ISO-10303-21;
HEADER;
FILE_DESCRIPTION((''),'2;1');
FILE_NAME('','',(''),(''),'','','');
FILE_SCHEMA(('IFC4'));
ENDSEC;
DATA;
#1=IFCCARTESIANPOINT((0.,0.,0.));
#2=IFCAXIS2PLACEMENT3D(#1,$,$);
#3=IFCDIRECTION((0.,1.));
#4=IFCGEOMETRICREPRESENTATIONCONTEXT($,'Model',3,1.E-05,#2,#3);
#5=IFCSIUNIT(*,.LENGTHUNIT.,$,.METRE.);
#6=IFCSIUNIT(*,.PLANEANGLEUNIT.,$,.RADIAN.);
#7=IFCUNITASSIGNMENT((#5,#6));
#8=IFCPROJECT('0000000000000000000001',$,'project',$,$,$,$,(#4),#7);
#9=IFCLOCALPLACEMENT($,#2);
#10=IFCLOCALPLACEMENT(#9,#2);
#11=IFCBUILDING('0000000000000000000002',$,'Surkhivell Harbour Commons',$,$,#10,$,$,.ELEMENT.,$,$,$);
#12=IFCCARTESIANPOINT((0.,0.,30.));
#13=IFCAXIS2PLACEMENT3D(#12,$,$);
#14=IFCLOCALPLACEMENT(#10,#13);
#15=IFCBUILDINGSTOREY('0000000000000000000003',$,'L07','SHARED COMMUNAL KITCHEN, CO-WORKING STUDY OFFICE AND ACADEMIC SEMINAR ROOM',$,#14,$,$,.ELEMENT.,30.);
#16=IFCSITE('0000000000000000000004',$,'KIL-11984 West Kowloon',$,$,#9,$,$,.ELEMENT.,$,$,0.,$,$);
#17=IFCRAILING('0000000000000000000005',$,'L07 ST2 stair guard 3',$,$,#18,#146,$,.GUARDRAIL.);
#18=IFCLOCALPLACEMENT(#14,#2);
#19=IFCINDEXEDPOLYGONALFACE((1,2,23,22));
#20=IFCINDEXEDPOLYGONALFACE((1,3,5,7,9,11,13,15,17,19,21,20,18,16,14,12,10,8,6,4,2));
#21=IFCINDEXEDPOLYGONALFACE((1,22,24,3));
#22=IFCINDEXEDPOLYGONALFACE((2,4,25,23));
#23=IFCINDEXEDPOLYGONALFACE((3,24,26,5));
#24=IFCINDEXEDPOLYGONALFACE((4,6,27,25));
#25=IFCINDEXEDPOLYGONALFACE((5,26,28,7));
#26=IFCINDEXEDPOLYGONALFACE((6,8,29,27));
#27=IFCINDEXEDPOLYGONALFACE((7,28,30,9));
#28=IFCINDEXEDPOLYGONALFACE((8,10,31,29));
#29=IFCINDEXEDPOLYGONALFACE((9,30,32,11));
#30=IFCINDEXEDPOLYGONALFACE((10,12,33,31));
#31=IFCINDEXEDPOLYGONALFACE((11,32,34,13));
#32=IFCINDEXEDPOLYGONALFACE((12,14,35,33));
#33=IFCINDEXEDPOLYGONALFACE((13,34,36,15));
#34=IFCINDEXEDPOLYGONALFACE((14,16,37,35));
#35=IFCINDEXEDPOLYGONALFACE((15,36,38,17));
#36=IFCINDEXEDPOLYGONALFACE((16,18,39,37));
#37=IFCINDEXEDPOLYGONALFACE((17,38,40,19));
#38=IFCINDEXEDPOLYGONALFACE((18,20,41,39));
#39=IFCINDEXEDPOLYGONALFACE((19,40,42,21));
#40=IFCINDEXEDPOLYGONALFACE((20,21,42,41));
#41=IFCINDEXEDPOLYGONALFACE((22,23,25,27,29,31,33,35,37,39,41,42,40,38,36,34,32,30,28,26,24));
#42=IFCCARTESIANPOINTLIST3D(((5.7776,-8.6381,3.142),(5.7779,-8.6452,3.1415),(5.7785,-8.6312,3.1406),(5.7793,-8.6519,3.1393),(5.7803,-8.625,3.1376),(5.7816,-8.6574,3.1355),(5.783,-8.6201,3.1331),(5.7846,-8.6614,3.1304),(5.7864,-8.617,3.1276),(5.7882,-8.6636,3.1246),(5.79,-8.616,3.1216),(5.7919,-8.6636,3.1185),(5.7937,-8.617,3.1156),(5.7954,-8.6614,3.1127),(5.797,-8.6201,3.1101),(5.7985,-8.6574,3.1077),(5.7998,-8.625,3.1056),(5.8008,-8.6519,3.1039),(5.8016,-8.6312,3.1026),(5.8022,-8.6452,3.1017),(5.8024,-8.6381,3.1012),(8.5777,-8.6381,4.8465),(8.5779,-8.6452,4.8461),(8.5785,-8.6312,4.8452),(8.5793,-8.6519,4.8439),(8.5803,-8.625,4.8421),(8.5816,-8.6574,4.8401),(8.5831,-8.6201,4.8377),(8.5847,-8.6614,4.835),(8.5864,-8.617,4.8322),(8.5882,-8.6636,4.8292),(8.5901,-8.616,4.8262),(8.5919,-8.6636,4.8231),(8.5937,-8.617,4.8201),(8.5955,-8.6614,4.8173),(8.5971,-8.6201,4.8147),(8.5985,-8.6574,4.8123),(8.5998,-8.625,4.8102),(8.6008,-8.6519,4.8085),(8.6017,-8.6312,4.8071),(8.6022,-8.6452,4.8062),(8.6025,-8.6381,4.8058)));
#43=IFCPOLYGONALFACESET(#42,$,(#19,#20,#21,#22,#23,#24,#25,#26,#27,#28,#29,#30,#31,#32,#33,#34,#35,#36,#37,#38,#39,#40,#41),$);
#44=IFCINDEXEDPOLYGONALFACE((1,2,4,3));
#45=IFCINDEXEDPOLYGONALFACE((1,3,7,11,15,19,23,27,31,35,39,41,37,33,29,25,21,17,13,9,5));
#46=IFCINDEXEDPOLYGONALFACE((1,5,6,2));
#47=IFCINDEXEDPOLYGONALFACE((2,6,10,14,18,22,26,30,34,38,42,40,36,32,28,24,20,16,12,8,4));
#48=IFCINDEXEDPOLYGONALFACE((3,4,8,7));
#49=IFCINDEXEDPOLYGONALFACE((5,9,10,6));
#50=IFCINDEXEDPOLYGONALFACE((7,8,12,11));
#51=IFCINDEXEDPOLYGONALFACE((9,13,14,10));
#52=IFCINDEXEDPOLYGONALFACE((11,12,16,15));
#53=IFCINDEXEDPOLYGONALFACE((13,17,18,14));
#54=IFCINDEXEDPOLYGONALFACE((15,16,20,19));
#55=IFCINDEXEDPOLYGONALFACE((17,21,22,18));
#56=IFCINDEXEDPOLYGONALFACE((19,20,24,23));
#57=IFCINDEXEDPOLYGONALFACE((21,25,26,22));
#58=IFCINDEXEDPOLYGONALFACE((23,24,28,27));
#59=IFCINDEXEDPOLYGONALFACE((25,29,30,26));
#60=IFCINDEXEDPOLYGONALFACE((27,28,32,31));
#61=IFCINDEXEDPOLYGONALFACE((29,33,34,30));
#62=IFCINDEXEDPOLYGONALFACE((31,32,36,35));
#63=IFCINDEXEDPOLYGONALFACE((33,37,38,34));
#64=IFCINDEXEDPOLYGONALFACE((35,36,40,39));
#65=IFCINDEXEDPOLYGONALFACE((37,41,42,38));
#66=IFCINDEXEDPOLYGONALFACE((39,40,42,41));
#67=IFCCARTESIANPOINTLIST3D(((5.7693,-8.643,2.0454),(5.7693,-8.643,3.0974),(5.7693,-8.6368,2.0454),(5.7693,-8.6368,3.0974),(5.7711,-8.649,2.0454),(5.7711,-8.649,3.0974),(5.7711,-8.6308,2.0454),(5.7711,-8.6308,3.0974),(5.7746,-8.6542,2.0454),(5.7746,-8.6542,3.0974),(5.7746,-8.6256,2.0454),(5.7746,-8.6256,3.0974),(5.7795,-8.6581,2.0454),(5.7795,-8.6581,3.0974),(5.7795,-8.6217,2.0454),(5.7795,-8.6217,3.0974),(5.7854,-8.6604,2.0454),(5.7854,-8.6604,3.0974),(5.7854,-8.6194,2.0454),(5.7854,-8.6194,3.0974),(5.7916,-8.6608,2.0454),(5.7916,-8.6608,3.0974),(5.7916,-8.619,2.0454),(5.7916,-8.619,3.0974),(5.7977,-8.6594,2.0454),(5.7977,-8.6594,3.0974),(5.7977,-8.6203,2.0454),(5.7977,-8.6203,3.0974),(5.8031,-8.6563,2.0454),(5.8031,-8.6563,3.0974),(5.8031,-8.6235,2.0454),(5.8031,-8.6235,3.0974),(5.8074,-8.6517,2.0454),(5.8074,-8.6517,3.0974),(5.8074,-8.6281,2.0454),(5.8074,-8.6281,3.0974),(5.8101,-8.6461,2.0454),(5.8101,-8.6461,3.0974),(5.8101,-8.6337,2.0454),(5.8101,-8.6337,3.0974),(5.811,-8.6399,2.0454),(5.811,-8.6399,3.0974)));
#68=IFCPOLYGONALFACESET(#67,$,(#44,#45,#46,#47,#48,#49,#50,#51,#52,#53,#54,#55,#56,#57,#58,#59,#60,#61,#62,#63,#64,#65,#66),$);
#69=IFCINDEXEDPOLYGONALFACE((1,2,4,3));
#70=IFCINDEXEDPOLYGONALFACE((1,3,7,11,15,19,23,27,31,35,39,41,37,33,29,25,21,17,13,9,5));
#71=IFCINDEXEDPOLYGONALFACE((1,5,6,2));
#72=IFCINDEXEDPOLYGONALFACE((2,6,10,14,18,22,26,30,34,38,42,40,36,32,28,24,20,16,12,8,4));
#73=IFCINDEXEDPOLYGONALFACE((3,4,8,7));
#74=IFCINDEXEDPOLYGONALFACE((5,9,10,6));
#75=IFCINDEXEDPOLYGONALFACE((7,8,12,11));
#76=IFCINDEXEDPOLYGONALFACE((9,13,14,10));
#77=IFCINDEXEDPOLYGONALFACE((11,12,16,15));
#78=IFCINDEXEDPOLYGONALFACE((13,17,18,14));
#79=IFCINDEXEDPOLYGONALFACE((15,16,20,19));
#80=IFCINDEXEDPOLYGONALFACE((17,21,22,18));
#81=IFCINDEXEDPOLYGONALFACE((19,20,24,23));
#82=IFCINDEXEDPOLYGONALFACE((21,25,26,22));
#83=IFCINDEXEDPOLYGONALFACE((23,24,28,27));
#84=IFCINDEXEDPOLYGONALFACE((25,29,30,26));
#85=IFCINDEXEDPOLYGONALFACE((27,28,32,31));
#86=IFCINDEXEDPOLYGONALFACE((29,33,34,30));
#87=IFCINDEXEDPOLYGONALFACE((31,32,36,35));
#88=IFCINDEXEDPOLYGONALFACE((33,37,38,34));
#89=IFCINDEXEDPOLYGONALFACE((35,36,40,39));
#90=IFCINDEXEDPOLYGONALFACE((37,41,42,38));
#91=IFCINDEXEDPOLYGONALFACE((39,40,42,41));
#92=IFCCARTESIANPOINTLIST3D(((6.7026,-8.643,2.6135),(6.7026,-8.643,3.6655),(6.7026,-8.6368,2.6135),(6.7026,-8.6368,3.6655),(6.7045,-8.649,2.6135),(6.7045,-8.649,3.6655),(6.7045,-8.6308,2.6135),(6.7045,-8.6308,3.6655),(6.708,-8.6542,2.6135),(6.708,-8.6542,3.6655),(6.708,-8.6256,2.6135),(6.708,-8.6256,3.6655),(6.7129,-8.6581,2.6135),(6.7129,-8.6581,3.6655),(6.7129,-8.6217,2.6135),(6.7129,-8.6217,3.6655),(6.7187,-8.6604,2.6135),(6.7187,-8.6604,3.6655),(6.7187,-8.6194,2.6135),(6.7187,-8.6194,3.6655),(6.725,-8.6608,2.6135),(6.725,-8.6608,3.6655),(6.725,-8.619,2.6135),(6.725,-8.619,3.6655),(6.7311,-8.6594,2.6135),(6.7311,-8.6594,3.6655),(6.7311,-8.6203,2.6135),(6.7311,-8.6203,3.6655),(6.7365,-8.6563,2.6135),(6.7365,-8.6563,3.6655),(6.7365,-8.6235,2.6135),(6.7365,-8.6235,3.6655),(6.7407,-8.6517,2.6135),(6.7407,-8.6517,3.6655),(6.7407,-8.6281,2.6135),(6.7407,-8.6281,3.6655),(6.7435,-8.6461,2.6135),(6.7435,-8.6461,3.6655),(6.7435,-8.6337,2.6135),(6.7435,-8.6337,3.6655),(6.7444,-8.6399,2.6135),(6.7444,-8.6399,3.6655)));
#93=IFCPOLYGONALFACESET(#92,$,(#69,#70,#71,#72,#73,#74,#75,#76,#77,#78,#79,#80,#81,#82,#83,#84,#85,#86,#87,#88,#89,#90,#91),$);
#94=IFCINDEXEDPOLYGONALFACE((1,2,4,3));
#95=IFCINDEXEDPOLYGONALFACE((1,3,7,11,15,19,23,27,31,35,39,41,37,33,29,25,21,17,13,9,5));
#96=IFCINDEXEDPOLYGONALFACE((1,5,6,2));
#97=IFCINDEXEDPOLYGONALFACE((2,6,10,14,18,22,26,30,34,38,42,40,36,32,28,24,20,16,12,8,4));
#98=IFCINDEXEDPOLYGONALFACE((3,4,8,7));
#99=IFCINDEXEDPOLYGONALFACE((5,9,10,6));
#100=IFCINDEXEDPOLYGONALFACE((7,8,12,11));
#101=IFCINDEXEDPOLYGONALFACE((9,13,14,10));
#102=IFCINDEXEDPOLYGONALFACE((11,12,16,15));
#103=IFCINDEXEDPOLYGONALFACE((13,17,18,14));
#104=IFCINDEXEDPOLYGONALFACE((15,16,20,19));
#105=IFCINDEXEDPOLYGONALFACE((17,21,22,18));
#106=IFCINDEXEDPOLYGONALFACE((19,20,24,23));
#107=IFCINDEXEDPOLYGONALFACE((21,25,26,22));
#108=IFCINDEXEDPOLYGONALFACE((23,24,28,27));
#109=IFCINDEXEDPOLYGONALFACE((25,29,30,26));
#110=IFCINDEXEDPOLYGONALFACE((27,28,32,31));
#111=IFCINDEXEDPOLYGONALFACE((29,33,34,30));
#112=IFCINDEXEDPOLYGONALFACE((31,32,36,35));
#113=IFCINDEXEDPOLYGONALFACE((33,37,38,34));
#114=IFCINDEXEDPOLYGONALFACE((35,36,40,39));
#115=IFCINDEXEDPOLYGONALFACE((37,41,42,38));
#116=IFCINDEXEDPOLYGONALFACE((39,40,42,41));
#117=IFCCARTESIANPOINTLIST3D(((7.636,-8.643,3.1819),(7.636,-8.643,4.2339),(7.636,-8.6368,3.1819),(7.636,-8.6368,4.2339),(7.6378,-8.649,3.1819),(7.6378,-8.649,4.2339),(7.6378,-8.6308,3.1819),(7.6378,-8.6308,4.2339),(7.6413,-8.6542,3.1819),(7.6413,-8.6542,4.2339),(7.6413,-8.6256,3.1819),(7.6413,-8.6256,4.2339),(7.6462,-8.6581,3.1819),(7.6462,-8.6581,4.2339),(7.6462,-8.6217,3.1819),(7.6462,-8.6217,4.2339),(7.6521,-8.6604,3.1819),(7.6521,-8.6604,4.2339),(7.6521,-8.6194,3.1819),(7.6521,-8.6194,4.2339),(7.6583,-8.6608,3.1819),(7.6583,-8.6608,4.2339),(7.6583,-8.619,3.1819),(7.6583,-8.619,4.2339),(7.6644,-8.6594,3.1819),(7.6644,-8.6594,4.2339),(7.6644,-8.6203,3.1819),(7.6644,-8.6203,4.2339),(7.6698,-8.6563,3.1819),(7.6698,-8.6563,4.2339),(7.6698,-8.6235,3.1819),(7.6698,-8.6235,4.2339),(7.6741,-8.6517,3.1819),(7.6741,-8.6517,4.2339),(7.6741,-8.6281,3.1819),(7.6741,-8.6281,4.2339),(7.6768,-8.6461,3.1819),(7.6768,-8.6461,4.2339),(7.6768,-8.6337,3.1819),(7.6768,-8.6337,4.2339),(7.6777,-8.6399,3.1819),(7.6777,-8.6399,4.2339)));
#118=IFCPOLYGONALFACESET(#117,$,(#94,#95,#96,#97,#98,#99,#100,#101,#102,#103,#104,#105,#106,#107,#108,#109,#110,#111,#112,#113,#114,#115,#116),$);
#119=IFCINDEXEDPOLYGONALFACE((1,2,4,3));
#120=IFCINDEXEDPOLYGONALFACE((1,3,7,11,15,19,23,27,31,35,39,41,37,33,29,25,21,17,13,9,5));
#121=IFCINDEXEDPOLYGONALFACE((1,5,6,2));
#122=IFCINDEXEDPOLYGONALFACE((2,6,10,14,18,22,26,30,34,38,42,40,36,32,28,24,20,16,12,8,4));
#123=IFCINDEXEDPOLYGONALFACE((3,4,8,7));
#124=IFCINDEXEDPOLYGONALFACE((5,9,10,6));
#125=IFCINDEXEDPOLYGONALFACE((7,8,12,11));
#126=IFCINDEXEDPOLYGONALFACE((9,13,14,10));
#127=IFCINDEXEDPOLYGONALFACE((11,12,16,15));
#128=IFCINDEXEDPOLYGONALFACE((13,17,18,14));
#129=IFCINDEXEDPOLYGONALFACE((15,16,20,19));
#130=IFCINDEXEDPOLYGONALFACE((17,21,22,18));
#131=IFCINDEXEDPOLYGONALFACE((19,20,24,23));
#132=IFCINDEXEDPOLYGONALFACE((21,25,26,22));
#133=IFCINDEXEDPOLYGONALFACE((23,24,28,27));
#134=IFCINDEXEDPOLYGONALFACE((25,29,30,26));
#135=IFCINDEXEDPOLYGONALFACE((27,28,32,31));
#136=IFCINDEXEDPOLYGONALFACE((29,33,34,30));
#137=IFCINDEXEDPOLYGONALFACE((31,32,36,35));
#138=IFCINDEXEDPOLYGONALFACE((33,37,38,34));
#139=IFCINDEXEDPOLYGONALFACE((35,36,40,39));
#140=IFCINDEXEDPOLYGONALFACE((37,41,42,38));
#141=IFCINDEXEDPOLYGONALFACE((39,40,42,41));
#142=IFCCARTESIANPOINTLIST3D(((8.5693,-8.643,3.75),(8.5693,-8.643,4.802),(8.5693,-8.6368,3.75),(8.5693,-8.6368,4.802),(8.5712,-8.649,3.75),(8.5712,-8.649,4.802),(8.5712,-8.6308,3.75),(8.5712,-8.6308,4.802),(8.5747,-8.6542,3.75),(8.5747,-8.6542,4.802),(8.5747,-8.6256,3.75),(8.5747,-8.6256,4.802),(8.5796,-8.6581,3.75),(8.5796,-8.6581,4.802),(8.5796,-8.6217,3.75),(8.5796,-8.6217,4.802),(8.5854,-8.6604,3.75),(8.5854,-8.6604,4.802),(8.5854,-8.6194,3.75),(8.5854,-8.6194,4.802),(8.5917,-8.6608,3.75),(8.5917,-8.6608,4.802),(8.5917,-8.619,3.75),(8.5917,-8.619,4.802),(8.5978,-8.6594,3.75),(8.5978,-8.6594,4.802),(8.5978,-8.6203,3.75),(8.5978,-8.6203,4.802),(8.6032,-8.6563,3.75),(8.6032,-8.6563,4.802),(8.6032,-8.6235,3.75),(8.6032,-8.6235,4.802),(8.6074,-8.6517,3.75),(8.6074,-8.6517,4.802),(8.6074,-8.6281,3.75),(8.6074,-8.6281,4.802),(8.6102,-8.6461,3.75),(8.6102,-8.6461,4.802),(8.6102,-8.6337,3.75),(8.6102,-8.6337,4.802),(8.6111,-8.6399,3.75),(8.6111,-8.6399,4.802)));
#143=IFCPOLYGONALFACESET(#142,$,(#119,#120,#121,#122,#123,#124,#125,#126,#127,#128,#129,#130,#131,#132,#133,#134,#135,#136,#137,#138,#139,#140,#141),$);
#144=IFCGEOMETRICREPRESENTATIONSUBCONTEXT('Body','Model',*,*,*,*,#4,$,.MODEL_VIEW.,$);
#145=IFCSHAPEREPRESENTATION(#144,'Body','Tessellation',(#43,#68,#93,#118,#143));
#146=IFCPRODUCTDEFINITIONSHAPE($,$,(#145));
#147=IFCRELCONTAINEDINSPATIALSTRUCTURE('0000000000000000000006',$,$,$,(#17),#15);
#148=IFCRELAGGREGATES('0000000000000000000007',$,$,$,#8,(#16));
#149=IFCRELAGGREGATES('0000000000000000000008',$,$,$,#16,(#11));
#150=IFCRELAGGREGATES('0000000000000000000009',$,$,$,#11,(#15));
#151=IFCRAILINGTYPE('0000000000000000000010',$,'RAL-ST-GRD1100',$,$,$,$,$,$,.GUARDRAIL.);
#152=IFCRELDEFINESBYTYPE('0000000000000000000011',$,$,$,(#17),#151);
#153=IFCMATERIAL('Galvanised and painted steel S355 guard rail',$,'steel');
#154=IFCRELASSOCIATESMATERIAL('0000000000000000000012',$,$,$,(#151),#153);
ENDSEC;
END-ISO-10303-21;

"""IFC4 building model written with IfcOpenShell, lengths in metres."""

from ifc_helpers import new_model, si_unit, direction, frame, origin, origin_2d, place, context, subcontext, project, spatial, circle, extrude, material, type_object, element, save


model = new_model("IFC4")

# Units and contexts
model_context = context("Model", 3, precision=1e-05, world=origin(), true_north=direction((0.0, 1.0)))
body_context = subcontext(model_context, "Body", "Model", "MODEL_VIEW")
ifc_project = project(units=[si_unit("LENGTHUNIT", "METRE"), si_unit("PLANEANGLEUNIT", "RADIAN")], contexts=[model_context])

# Site, building, storey
site_placement = place(None, origin())
site = spatial("IfcSite", under=ifc_project, at=site_placement, Name="KIL-11984 West Kowloon", CompositionType="ELEMENT", RefElevation=0.0)
building_placement = place(site_placement, origin())
building = spatial("IfcBuilding", under=site, at=building_placement, Name="Surkhivell Harbour Commons", CompositionType="ELEMENT")
storey_placement = place(building_placement, frame((0.0, 0.0, 30.0)))
storey = spatial("IfcBuildingStorey", under=building, at=storey_placement, Name="L07", Description="SHARED COMMUNAL KITCHEN, CO-WORKING STUDY OFFICE AND ACADEMIC SEMINAR ROOM", CompositionType="ELEMENT", Elevation=30.0)

# Railing
ifc_material_1 = material(Name="Galvanised and painted steel S355 guard rail", Category="steel")
railing_type_1 = type_object("IfcRailingType", Name="RAL-ST-GRD1100", PredefinedType="GUARDRAIL", material=ifc_material_1)
railing_1_placement = place(storey_placement, frame((5.79, -8.6399, 2.0454)))
element("IfcRailing", 1, at=railing_1_placement, inside=storey, type_object=railing_type_1, Name="L07 ST2 stair guard 3", PredefinedType="GUARDRAIL", context=body_context, shape_type="SweptSolid", body=[
    extrude(circle(Radius=0.0239, at=origin_2d()), frame((0.0, 0.0, 1.0762), z_axis=(0.85417, 0.0, 0.519994), x_axis=(0.0, 1.0, 0.0)), (0.0, 0.0, 1.0), 3.2781),
    extrude(circle(Radius=0.021, at=origin_2d()), origin(), (0.0, 0.0, 1.0), 1.052),
    extrude(circle(Radius=0.021, at=origin_2d()), frame((0.9333, 0.0, 0.5681)), (0.0, 0.0, 1.0), 1.052),
    extrude(circle(Radius=0.021, at=origin_2d()), frame((1.8667, 0.0, 1.1365)), (0.0, 0.0, 1.0), 1.052),
    extrude(circle(Radius=0.021, at=origin_2d()), frame((2.8, 0.0, 1.7046)), (0.0, 0.0, 1.0), 1.052),
])

save(model, "model.ifc")
